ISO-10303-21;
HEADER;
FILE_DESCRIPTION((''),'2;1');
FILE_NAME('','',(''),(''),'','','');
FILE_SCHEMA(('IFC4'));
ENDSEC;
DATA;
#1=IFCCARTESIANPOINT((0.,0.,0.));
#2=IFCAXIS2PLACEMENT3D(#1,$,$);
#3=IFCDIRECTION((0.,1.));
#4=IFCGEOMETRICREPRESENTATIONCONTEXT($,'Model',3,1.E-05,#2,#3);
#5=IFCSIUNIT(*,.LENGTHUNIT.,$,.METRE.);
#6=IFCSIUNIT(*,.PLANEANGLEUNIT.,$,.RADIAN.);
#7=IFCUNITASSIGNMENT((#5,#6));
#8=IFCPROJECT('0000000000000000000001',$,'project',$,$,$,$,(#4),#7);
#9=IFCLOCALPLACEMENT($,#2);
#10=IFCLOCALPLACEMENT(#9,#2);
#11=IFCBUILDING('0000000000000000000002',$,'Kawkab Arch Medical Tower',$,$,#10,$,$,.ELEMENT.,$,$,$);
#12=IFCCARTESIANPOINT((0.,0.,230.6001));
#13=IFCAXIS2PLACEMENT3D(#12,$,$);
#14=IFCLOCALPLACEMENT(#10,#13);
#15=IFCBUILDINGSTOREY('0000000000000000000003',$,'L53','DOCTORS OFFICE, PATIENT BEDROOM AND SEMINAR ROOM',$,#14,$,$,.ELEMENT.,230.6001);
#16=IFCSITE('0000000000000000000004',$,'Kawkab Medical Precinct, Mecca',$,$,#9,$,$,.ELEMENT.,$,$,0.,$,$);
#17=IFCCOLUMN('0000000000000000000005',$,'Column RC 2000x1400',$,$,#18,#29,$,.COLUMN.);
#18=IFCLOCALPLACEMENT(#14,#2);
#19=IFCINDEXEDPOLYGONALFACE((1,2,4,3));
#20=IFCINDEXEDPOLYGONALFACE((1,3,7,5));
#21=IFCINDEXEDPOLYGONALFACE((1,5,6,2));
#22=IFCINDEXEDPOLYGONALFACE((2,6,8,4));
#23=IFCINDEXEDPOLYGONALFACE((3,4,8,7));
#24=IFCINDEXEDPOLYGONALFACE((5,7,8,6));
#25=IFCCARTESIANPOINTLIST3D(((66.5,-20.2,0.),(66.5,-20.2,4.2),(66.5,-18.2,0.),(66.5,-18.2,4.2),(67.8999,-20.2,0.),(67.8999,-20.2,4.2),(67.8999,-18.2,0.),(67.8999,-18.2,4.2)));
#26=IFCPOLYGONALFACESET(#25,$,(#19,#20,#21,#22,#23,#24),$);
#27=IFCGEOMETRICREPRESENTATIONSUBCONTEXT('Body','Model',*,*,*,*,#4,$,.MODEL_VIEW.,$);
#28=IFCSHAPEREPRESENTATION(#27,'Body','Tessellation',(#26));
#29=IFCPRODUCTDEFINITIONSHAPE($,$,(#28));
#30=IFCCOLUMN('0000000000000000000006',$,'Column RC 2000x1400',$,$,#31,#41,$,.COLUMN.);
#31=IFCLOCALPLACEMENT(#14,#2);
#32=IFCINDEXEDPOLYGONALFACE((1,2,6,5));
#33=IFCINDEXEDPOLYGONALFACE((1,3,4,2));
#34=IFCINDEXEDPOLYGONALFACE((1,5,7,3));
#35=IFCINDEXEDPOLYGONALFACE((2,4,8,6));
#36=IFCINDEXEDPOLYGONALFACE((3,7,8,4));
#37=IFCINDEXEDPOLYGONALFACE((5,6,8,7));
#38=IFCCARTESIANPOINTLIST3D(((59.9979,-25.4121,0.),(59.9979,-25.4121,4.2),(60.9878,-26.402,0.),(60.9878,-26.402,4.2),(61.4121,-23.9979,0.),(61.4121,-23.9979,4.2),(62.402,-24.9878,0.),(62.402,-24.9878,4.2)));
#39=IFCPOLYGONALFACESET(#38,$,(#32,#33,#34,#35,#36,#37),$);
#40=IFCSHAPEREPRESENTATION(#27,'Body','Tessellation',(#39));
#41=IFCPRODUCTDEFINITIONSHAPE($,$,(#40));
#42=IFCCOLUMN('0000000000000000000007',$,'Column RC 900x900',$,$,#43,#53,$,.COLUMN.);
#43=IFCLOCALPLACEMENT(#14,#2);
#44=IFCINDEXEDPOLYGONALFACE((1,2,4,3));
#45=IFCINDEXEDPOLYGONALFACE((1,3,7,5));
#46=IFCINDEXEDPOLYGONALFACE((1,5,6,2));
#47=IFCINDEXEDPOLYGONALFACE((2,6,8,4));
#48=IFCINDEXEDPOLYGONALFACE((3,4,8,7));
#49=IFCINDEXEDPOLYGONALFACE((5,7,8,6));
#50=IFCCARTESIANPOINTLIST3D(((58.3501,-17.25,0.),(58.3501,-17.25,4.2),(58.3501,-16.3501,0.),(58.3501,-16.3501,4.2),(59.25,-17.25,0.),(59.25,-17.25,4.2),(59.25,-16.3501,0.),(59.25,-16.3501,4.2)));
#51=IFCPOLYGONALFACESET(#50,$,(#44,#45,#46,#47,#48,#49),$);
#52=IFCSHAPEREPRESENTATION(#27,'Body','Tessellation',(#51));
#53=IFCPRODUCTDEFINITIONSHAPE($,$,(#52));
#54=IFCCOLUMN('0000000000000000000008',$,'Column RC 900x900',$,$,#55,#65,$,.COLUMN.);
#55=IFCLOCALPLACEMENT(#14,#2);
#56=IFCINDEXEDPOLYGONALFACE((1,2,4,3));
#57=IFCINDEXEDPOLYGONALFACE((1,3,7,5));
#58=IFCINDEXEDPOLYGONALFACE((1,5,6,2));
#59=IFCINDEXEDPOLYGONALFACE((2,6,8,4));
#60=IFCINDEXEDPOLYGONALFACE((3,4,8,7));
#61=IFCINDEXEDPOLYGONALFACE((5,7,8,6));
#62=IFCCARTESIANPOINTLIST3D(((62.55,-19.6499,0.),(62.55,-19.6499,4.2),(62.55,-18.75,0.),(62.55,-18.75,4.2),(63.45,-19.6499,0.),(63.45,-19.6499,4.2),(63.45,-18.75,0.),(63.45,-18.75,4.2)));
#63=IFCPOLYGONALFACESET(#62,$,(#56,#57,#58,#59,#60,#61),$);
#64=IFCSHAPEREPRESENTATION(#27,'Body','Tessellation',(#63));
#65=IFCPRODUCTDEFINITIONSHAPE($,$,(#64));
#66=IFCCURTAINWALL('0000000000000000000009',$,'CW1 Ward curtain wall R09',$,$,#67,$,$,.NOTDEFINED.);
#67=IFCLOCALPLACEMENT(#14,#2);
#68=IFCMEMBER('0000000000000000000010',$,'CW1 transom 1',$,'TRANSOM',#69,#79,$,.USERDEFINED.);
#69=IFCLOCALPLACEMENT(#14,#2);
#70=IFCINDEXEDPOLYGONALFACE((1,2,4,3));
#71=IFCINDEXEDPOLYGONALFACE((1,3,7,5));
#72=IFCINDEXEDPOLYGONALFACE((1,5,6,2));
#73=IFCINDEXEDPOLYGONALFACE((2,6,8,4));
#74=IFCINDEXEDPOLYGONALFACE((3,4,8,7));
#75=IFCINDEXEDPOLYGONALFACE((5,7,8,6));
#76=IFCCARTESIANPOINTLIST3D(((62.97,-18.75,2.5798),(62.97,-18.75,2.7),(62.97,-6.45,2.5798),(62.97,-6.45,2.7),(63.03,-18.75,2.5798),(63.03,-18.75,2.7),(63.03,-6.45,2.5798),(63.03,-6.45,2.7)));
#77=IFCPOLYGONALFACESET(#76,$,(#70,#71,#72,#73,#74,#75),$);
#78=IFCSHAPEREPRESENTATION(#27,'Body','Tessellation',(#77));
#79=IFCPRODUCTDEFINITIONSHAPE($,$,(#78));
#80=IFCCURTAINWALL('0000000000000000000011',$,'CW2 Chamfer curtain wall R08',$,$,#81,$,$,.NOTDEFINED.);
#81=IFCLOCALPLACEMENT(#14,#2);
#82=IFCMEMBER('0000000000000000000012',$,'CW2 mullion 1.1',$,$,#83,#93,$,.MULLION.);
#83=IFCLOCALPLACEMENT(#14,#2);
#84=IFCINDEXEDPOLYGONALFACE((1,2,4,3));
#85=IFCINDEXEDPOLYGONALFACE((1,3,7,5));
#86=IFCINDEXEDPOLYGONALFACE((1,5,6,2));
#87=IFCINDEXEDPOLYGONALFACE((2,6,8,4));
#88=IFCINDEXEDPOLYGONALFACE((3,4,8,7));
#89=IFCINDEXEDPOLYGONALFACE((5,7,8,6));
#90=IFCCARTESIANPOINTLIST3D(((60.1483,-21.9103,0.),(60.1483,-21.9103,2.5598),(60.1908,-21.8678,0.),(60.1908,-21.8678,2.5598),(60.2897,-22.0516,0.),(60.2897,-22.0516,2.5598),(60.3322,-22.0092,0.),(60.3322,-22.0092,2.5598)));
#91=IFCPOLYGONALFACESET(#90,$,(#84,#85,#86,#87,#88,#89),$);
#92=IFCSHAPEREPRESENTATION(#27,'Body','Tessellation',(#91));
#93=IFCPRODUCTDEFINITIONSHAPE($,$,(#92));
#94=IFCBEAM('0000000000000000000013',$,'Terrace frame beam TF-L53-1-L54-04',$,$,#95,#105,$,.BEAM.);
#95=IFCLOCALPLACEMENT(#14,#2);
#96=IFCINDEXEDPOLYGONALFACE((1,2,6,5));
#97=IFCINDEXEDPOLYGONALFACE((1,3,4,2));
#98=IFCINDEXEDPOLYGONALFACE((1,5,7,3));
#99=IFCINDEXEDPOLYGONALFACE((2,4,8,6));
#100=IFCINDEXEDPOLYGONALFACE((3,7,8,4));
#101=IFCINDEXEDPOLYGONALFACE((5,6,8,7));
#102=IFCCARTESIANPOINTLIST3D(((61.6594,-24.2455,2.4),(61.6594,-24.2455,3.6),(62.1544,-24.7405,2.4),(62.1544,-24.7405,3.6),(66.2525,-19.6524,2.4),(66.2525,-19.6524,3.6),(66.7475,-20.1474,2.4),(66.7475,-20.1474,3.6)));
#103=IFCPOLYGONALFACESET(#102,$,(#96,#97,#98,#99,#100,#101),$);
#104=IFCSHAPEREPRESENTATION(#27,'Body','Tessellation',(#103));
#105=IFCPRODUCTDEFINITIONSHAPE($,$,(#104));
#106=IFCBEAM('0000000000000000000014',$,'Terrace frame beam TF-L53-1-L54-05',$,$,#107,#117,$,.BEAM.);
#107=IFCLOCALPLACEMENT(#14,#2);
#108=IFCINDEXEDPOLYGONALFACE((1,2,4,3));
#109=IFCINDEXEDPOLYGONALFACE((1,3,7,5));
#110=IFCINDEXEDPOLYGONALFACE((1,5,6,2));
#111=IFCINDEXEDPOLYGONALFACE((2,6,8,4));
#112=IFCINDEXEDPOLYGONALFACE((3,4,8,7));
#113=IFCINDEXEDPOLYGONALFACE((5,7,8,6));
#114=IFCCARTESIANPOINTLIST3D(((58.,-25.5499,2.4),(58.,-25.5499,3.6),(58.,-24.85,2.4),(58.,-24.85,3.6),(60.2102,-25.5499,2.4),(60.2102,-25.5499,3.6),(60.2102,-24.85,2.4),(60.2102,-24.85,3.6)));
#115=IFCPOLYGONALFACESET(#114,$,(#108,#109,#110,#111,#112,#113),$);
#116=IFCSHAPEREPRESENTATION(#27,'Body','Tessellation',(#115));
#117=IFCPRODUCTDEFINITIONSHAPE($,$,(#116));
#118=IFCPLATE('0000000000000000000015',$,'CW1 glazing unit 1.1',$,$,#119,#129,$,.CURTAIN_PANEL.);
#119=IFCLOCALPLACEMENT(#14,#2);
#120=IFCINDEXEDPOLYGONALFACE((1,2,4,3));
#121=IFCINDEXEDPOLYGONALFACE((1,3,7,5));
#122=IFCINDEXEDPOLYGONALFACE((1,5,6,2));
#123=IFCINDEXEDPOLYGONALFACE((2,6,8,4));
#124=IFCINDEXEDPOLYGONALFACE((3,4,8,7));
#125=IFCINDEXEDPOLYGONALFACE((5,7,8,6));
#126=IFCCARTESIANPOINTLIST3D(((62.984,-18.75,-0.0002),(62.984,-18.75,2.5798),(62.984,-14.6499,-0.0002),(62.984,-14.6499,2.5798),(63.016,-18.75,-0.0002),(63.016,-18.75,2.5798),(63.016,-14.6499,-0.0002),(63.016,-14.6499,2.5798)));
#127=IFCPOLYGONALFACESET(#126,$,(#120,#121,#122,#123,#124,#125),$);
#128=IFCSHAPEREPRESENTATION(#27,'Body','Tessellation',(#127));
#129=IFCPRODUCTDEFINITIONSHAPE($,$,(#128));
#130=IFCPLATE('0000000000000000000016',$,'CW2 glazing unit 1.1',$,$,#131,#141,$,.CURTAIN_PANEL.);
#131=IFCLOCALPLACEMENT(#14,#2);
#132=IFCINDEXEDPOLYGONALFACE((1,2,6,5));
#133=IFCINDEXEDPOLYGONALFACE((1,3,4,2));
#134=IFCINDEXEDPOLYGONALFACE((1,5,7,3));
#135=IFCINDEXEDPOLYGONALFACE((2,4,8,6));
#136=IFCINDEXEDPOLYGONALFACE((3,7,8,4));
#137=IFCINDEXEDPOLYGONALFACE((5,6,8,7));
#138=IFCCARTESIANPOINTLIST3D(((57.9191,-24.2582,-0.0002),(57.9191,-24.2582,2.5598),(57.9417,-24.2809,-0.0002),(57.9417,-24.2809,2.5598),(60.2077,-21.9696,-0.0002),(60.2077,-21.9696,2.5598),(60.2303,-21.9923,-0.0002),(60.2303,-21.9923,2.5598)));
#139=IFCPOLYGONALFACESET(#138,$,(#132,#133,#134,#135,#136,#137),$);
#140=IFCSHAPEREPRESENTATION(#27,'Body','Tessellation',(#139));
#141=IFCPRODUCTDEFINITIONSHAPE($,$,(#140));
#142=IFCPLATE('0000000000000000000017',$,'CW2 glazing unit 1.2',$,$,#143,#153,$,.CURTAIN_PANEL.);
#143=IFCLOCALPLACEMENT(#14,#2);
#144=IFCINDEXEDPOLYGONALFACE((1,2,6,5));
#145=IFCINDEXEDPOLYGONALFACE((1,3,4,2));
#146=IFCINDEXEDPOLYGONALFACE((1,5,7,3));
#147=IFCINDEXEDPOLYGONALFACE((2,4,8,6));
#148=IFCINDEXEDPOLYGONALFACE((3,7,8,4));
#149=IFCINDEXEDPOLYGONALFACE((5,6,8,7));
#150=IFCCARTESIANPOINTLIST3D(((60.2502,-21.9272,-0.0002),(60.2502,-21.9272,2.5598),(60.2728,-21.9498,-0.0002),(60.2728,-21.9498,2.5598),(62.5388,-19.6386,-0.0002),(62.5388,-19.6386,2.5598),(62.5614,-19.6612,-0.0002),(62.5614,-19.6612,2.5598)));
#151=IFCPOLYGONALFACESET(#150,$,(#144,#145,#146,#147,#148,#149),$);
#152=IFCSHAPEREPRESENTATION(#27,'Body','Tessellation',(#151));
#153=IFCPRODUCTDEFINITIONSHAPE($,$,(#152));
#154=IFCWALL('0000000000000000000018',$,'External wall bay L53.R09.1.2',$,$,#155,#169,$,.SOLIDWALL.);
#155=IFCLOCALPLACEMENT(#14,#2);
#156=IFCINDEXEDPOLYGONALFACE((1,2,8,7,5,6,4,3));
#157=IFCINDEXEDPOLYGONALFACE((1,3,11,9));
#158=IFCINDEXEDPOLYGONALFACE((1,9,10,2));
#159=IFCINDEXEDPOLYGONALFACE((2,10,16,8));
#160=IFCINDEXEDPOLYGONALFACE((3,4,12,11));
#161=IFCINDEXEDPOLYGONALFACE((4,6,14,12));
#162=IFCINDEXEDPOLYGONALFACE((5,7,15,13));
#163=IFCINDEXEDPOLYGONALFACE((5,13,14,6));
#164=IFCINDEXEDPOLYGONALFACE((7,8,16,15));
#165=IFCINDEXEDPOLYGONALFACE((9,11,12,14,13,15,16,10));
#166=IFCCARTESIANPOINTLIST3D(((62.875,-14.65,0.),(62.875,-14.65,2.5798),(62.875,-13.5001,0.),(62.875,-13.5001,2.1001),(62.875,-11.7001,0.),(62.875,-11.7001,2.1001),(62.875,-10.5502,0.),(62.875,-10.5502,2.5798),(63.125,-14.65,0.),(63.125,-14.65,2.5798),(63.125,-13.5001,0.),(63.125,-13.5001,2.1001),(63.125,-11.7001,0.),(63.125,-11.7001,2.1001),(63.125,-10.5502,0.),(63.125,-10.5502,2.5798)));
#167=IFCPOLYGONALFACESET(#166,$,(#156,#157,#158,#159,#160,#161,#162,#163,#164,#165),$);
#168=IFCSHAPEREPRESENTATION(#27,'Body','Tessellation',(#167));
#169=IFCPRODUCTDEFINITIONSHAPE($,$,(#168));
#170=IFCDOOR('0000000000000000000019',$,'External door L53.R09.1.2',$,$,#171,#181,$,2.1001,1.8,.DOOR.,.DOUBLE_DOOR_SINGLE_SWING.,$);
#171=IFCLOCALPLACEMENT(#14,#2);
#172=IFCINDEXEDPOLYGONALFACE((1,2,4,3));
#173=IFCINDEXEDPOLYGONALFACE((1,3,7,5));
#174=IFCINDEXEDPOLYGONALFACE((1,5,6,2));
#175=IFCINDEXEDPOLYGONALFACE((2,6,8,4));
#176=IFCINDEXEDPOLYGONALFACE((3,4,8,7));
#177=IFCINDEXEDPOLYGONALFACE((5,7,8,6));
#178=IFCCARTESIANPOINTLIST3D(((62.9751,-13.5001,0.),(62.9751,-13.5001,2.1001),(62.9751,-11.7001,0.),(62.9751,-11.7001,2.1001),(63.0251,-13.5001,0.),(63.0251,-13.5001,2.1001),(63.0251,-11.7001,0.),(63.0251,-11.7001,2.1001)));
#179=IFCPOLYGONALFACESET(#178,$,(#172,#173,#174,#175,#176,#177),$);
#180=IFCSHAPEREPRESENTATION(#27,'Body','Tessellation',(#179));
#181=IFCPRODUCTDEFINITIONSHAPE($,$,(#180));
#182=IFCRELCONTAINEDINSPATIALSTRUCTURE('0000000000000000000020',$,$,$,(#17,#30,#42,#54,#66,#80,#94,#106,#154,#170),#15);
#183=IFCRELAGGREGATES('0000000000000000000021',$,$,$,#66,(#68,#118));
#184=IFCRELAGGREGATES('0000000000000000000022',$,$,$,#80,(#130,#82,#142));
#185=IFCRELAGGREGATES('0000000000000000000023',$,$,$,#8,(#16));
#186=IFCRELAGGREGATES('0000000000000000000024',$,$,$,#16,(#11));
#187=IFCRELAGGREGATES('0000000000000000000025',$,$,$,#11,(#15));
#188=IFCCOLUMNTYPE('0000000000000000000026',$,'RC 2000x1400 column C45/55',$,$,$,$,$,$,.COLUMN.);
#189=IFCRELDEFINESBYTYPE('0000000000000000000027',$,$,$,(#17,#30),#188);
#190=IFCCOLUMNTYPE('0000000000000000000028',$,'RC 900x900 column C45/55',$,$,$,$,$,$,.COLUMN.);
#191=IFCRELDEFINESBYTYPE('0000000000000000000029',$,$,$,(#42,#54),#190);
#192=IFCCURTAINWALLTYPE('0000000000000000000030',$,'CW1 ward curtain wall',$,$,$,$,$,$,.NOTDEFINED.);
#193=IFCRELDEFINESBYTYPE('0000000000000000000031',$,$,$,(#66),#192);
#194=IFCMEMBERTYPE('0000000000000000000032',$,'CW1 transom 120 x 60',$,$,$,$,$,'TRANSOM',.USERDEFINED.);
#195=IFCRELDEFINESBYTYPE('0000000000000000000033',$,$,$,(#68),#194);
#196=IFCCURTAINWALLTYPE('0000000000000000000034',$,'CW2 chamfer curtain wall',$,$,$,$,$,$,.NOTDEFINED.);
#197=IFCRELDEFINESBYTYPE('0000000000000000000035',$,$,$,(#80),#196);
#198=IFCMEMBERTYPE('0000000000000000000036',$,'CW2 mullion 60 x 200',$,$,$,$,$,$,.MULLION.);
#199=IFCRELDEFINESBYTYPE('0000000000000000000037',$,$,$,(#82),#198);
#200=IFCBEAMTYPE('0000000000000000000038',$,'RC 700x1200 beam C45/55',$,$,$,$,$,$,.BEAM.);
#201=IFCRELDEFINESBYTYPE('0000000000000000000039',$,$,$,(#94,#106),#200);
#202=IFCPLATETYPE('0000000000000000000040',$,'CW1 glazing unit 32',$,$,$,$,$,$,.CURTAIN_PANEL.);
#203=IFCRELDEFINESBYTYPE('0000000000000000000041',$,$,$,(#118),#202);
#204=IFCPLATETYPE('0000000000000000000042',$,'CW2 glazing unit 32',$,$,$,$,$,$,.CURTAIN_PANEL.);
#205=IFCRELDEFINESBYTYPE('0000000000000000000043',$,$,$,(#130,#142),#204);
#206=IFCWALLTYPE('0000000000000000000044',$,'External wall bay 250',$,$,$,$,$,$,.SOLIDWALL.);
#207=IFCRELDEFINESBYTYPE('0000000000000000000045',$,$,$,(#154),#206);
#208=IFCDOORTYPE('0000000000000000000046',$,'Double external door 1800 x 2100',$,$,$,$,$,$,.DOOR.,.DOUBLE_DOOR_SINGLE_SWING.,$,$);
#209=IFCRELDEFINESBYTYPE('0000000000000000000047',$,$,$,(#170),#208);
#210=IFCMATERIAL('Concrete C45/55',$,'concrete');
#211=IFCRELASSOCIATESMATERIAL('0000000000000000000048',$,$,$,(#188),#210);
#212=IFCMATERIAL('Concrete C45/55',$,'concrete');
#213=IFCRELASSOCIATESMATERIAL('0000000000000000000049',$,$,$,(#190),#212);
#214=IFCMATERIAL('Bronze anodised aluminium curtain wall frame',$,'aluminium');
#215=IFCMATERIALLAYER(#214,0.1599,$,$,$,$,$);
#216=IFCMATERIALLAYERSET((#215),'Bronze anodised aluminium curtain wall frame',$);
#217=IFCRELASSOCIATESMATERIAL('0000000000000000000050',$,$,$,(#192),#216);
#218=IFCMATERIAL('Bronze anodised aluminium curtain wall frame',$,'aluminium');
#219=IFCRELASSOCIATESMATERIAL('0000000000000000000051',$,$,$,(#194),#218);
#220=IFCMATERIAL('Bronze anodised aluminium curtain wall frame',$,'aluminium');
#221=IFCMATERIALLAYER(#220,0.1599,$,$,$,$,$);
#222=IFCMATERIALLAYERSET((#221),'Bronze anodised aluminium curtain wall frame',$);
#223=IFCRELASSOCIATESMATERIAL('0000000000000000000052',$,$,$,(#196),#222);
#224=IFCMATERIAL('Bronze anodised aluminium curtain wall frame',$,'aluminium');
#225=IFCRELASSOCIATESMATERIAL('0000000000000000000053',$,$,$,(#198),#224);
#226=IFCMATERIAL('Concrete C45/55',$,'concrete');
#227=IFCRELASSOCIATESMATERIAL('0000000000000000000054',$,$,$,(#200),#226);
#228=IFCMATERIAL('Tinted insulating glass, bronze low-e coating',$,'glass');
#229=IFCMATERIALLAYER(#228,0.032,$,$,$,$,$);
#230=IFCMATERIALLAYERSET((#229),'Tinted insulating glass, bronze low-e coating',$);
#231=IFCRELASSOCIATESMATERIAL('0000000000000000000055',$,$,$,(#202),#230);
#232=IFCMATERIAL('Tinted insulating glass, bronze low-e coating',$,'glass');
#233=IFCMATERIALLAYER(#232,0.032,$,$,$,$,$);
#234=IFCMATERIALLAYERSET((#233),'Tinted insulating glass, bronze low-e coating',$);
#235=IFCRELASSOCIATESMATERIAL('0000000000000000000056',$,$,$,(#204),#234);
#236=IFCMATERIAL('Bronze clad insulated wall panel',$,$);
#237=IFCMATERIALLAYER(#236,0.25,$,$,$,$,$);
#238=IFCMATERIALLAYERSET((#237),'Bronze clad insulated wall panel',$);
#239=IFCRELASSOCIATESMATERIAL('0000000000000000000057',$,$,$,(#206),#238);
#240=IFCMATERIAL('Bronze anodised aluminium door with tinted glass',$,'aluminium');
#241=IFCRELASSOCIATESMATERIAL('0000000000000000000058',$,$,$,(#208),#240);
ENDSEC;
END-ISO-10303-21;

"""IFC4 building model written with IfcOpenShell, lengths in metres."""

from ifc_helpers import new_model, si_unit, direction, frame, frame_2d, origin, origin_2d, place, context, subcontext, project, spatial, rectangle, extrude, material, layer, layer_set, material_profile, profile_set, type_object, element, fill, aggregate, save


model = new_model("IFC4")

# Units and contexts
model_context = context("Model", 3, precision=1e-05, world=origin(), true_north=direction((0.0, 1.0)))
body_context = subcontext(model_context, "Body", "Model", "MODEL_VIEW")
ifc_project = project(units=[si_unit("LENGTHUNIT", "METRE"), si_unit("PLANEANGLEUNIT", "RADIAN")], contexts=[model_context])

# Site, building, storey
site_placement = place(None, origin())
site = spatial("IfcSite", under=ifc_project, at=site_placement, Name="Kawkab Medical Precinct, Mecca", CompositionType="ELEMENT", RefElevation=0.0)
building_placement = place(site_placement, origin())
building = spatial("IfcBuilding", under=site, at=building_placement, Name="Kawkab Arch Medical Tower", CompositionType="ELEMENT")
storey_placement = place(building_placement, frame((0.0, 0.0, 230.6001)))
storey = spatial("IfcBuildingStorey", under=building, at=storey_placement, Name="L53", Description="DOCTORS OFFICE, PATIENT BEDROOM AND SEMINAR ROOM", CompositionType="ELEMENT", Elevation=230.6001)

# Columns
ifc_material_1 = material(Name="Concrete C45/55", Category="concrete")
ifc_material_profile_1 = material_profile(ifc_material_1, rectangle(XDim=2.0, YDim=1.3999, at=origin_2d()), Name="RC 2000x1400")
ifc_profile_set_1 = profile_set([ifc_material_profile_1], Name="Concrete C45/55")
column_type_1 = type_object("IfcColumnType", Name="RC 2000x1400 column C45/55", PredefinedType="COLUMN", material=ifc_profile_set_1)
for number, where, z_axis, x_axis, name in (
    (1, (67.2, -19.2, 0.0), (0.0, 0.0, 1.0), (0.0, -1.0, 0.0), "Column RC 2000x1400"),
    (2, (61.2, -25.2, 0.0), (0.0, 0.0, 1.0), (-0.707107, -0.707107, 0.0), "Column RC 2000x1400"),
):
    element("IfcColumn", number, at=place(storey_placement, frame(where, z_axis=z_axis, x_axis=x_axis)), inside=storey, type_object=column_type_1, Name=name, PredefinedType="COLUMN", context=body_context, shape_type="SweptSolid", body=[
        extrude(rectangle(XDim=2.0, YDim=1.3999, at=origin_2d()), origin(), (0.0, 0.0, 1.0), 4.2),
    ])
ifc_material_2 = material(Name="Concrete C45/55", Category="concrete")
ifc_material_profile_2 = material_profile(ifc_material_2, rectangle(XDim=0.8999, YDim=0.8999, at=origin_2d()), Name="RC 900x900")
ifc_profile_set_2 = profile_set([ifc_material_profile_2], Name="Concrete C45/55")
column_type_2 = type_object("IfcColumnType", Name="RC 900x900 column C45/55", PredefinedType="COLUMN", material=ifc_profile_set_2)
for number, where, z_axis, x_axis, name in (
    (3, (58.8, -16.8, 0.0), (0.0, 0.0, 1.0), (1.0, 0.0, 0.0), "Column RC 900x900"),
    (4, (63.0, -19.2, 0.0), (0.0, 0.0, 1.0), (1.0, 0.0, 0.0), "Column RC 900x900"),
):
    element("IfcColumn", number, at=place(storey_placement, frame(where, z_axis=z_axis, x_axis=x_axis)), inside=storey, type_object=column_type_2, Name=name, PredefinedType="COLUMN", context=body_context, shape_type="SweptSolid", body=[
        extrude(rectangle(XDim=0.8999, YDim=0.8999, at=origin_2d()), origin(), (0.0, 0.0, 1.0), 4.2),
    ])

# Curtain walls, members
ifc_material_3 = material(Name="Bronze anodised aluminium curtain wall frame", Category="aluminium")
ifc_layer_1 = layer(ifc_material_3, 0.1599)
ifc_layer_set_1 = layer_set([ifc_layer_1], Name="Bronze anodised aluminium curtain wall frame")
curtain_wall_type_1 = type_object("IfcCurtainWallType", Name="CW1 ward curtain wall", PredefinedType="NOTDEFINED", material=ifc_layer_set_1)
placement = place(storey_placement, origin())
curtain_wall_1 = element("IfcCurtainWall", 5, at=placement, inside=storey, type_object=curtain_wall_type_1, Name="CW1 Ward curtain wall R09", PredefinedType="NOTDEFINED")
ifc_material_4 = material(Name="Bronze anodised aluminium curtain wall frame", Category="aluminium")
ifc_material_profile_3 = material_profile(ifc_material_4, rectangle(XDim=0.0601, YDim=0.1201, at=origin_2d()), Name="AL 60x120")
ifc_profile_set_3 = profile_set([ifc_material_profile_3], Name="Bronze anodised aluminium curtain wall frame")
member_type_1 = type_object("IfcMemberType", Name="CW1 transom 120 x 60", ElementType="TRANSOM", PredefinedType="USERDEFINED", material=ifc_profile_set_3)
member_1_placement = place(storey_placement, frame((63.0, -18.75, 2.6399), z_axis=(0.0, 1.0, 0.0), x_axis=(-1.0, 0.0, 0.0)))
member_1 = element("IfcMember", 6, at=member_1_placement, type_object=member_type_1, Name="CW1 transom 1", ObjectType="TRANSOM", PredefinedType="USERDEFINED", context=body_context, shape_type="SweptSolid", body=[
    extrude(rectangle(XDim=0.0601, YDim=0.1201, at=origin_2d()), origin(), (0.0, 0.0, 1.0), 12.3),
])
ifc_material_5 = material(Name="Bronze anodised aluminium curtain wall frame", Category="aluminium")
ifc_layer_2 = layer(ifc_material_5, 0.1599)
ifc_layer_set_2 = layer_set([ifc_layer_2], Name="Bronze anodised aluminium curtain wall frame")
curtain_wall_type_2 = type_object("IfcCurtainWallType", Name="CW2 chamfer curtain wall", PredefinedType="NOTDEFINED", material=ifc_layer_set_2)
curtain_wall_2 = element("IfcCurtainWall", 7, at=placement, inside=storey, type_object=curtain_wall_type_2, Name="CW2 Chamfer curtain wall R08", PredefinedType="NOTDEFINED")
ifc_material_6 = material(Name="Bronze anodised aluminium curtain wall frame", Category="aluminium")
ifc_material_profile_4 = material_profile(ifc_material_6, rectangle(XDim=0.2, YDim=0.0601, at=origin_2d()), Name="AL 60x200")
ifc_profile_set_4 = profile_set([ifc_material_profile_4], Name="Bronze anodised aluminium curtain wall frame")
member_type_2 = type_object("IfcMemberType", Name="CW2 mullion 60 x 200", PredefinedType="MULLION", material=ifc_profile_set_4)
member_2_placement = place(storey_placement, frame((60.2402, -21.9597, 0.0), z_axis=(0.0, 0.0, 1.0), x_axis=(-0.707107, 0.707107, 0.0)))
member_2 = element("IfcMember", 8, at=member_2_placement, type_object=member_type_2, Name="CW2 mullion 1.1", PredefinedType="MULLION", context=body_context, shape_type="SweptSolid", body=[
    extrude(rectangle(XDim=0.2, YDim=0.0601, at=origin_2d()), origin(), (0.0, 0.0, 1.0), 2.5598),
])

# Beams
ifc_material_7 = material(Name="Concrete C45/55", Category="concrete")
ifc_material_profile_5 = material_profile(ifc_material_7, rectangle(XDim=0.7, YDim=1.2, at=origin_2d()), Name="RC 700x1200")
ifc_profile_set_5 = profile_set([ifc_material_profile_5], Name="Concrete C45/55")
beam_type = type_object("IfcBeamType", Name="RC 700x1200 beam C45/55", PredefinedType="BEAM", material=ifc_profile_set_5)
beam_1_placement = place(storey_placement, frame((66.5, -19.8999, 3.0), z_axis=(-0.707107, -0.707107, 0.0), x_axis=(0.707107, -0.707107, 0.0)))
element("IfcBeam", 9, at=beam_1_placement, inside=storey, type_object=beam_type, Name="Terrace frame beam TF-L53-1-L54-04", PredefinedType="BEAM", context=body_context, shape_type="SweptSolid", body=[
    extrude(rectangle(XDim=0.7, YDim=1.2, at=origin_2d()), origin(), (0.0, 0.0, 1.0), 6.4956),
])
beam_2_placement = place(storey_placement, frame((60.2102, -25.2, 3.0), z_axis=(-1.0, 0.0, 0.0), x_axis=(0.0, -1.0, 0.0)))
element("IfcBeam", 10, at=beam_2_placement, inside=storey, type_object=beam_type, Name="Terrace frame beam TF-L53-1-L54-05", PredefinedType="BEAM", context=body_context, shape_type="SweptSolid", body=[
    extrude(rectangle(XDim=0.7, YDim=1.2, at=origin_2d()), origin(), (0.0, 0.0, 1.0), 2.2102),
])

# Plates
ifc_material_8 = material(Name="Tinted insulating glass, bronze low-e coating", Category="glass")
ifc_layer_3 = layer(ifc_material_8, 0.032)
ifc_layer_set_3 = layer_set([ifc_layer_3], Name="Tinted insulating glass, bronze low-e coating")
plate_type_1 = type_object("IfcPlateType", Name="CW1 glazing unit 32", PredefinedType="CURTAIN_PANEL", material=ifc_layer_set_3)
plate_1_placement = place(storey_placement, frame((63.0, -16.7, -0.0002), z_axis=(0.0, 0.0, 1.0), x_axis=(0.0, 1.0, 0.0)))
plate_1 = element("IfcPlate", 11, at=plate_1_placement, type_object=plate_type_1, Name="CW1 glazing unit 1.1", PredefinedType="CURTAIN_PANEL", context=body_context, shape_type="SweptSolid", body=[
    extrude(rectangle(XDim=4.1001, YDim=0.032, at=origin_2d()), origin(), (0.0, 0.0, 1.0), 2.5801),
])
aggregate(curtain_wall_1, [member_1, plate_1])
ifc_material_9 = material(Name="Tinted insulating glass, bronze low-e coating", Category="glass")
ifc_layer_4 = layer(ifc_material_9, 0.032)
ifc_layer_set_4 = layer_set([ifc_layer_4], Name="Tinted insulating glass, bronze low-e coating")
plate_type_2 = type_object("IfcPlateType", Name="CW2 glazing unit 32", PredefinedType="CURTAIN_PANEL", material=ifc_layer_set_4)
plate_2_placement = place(storey_placement, frame((59.0747, -23.1252, -0.0002), z_axis=(0.0, 0.0, 1.0), x_axis=(0.707107, 0.707107, 0.0)))
plate_2 = element("IfcPlate", 12, at=plate_2_placement, type_object=plate_type_2, Name="CW2 glazing unit 1.1", PredefinedType="CURTAIN_PANEL", context=body_context, shape_type="SweptSolid", body=[
    extrude(rectangle(XDim=3.2366, YDim=0.032, at=origin_2d()), origin(), (0.0, 0.0, 1.0), 2.5601),
])
plate_3_placement = place(storey_placement, frame((61.4058, -20.7942, -0.0002), z_axis=(0.0, 0.0, 1.0), x_axis=(0.707107, 0.707107, 0.0)))
plate_3 = element("IfcPlate", 13, at=plate_3_placement, type_object=plate_type_2, Name="CW2 glazing unit 1.2", PredefinedType="CURTAIN_PANEL", context=body_context, shape_type="SweptSolid", body=[
    extrude(rectangle(XDim=3.2366, YDim=0.032, at=origin_2d()), origin(), (0.0, 0.0, 1.0), 2.5601),
])
aggregate(curtain_wall_2, [plate_2, member_2, plate_3])

# Wall, opening, door
ifc_material_10 = material(Name="Bronze clad insulated wall panel")
ifc_layer_5 = layer(ifc_material_10, 0.25)
ifc_layer_set_5 = layer_set([ifc_layer_5], Name="Bronze clad insulated wall panel")
wall_type_1 = type_object("IfcWallType", Name="External wall bay 250", PredefinedType="SOLIDWALL", material=ifc_layer_set_5)
wall_1_placement = place(storey_placement, frame((63.0, -14.6499, 0.0), z_axis=(0.0, 0.0, 1.0), x_axis=(0.0, 1.0, 0.0)))
wall_1 = element("IfcWall", 14, at=wall_1_placement, inside=storey, type_object=wall_type_1, Name="External wall bay L53.R09.1.2", PredefinedType="SOLIDWALL", context=body_context, shape_type="SweptSolid", body=[
    extrude(rectangle(XDim=4.0999, YDim=0.25, at=frame_2d((2.0498, 0.0))), origin(), (0.0, 0.0, 1.0), 2.5798),
])
opening_placement = place(wall_1_placement, frame((1.1499, 0.0, 0.0)))
opening = element("IfcOpeningElement", 15, at=opening_placement, cuts=wall_1, PredefinedType="OPENING", context=body_context, shape_type="SweptSolid", body=[
    extrude(rectangle(XDim=1.8, YDim=2.1001, at=frame_2d((0.8999, 1.05))), frame((0.0, 0.135, 0.0), z_axis=(0.0, -1.0, 0.0), x_axis=(1.0, 0.0, 0.0)), (0.0, 0.0, 1.0), 0.27),
])
ifc_material_11 = material(Name="Bronze anodised aluminium door with tinted glass", Category="aluminium")
door_type = type_object("IfcDoorType", Name="Double external door 1800 x 2100", OperationType="DOUBLE_DOOR_SINGLE_SWING", PredefinedType="DOOR", material=ifc_material_11)
door_placement = place(opening_placement, origin())
door = element("IfcDoor", 16, at=door_placement, inside=storey, type_object=door_type, Name="External door L53.R09.1.2", OperationType="DOUBLE_DOOR_SINGLE_SWING", OverallHeight=2.1001, OverallWidth=1.8, PredefinedType="DOOR", context=body_context, shape_type="SweptSolid", body=[
    extrude(rectangle(XDim=1.8, YDim=2.1001, at=frame_2d((0.8999, 1.05))), frame((0.0, 0.0249, 0.0), z_axis=(0.0, -1.0, 0.0), x_axis=(1.0, 0.0, 0.0)), (0.0, 0.0, 1.0), 0.05),
])
fill(opening, door)

save(model, "model.ifc")
